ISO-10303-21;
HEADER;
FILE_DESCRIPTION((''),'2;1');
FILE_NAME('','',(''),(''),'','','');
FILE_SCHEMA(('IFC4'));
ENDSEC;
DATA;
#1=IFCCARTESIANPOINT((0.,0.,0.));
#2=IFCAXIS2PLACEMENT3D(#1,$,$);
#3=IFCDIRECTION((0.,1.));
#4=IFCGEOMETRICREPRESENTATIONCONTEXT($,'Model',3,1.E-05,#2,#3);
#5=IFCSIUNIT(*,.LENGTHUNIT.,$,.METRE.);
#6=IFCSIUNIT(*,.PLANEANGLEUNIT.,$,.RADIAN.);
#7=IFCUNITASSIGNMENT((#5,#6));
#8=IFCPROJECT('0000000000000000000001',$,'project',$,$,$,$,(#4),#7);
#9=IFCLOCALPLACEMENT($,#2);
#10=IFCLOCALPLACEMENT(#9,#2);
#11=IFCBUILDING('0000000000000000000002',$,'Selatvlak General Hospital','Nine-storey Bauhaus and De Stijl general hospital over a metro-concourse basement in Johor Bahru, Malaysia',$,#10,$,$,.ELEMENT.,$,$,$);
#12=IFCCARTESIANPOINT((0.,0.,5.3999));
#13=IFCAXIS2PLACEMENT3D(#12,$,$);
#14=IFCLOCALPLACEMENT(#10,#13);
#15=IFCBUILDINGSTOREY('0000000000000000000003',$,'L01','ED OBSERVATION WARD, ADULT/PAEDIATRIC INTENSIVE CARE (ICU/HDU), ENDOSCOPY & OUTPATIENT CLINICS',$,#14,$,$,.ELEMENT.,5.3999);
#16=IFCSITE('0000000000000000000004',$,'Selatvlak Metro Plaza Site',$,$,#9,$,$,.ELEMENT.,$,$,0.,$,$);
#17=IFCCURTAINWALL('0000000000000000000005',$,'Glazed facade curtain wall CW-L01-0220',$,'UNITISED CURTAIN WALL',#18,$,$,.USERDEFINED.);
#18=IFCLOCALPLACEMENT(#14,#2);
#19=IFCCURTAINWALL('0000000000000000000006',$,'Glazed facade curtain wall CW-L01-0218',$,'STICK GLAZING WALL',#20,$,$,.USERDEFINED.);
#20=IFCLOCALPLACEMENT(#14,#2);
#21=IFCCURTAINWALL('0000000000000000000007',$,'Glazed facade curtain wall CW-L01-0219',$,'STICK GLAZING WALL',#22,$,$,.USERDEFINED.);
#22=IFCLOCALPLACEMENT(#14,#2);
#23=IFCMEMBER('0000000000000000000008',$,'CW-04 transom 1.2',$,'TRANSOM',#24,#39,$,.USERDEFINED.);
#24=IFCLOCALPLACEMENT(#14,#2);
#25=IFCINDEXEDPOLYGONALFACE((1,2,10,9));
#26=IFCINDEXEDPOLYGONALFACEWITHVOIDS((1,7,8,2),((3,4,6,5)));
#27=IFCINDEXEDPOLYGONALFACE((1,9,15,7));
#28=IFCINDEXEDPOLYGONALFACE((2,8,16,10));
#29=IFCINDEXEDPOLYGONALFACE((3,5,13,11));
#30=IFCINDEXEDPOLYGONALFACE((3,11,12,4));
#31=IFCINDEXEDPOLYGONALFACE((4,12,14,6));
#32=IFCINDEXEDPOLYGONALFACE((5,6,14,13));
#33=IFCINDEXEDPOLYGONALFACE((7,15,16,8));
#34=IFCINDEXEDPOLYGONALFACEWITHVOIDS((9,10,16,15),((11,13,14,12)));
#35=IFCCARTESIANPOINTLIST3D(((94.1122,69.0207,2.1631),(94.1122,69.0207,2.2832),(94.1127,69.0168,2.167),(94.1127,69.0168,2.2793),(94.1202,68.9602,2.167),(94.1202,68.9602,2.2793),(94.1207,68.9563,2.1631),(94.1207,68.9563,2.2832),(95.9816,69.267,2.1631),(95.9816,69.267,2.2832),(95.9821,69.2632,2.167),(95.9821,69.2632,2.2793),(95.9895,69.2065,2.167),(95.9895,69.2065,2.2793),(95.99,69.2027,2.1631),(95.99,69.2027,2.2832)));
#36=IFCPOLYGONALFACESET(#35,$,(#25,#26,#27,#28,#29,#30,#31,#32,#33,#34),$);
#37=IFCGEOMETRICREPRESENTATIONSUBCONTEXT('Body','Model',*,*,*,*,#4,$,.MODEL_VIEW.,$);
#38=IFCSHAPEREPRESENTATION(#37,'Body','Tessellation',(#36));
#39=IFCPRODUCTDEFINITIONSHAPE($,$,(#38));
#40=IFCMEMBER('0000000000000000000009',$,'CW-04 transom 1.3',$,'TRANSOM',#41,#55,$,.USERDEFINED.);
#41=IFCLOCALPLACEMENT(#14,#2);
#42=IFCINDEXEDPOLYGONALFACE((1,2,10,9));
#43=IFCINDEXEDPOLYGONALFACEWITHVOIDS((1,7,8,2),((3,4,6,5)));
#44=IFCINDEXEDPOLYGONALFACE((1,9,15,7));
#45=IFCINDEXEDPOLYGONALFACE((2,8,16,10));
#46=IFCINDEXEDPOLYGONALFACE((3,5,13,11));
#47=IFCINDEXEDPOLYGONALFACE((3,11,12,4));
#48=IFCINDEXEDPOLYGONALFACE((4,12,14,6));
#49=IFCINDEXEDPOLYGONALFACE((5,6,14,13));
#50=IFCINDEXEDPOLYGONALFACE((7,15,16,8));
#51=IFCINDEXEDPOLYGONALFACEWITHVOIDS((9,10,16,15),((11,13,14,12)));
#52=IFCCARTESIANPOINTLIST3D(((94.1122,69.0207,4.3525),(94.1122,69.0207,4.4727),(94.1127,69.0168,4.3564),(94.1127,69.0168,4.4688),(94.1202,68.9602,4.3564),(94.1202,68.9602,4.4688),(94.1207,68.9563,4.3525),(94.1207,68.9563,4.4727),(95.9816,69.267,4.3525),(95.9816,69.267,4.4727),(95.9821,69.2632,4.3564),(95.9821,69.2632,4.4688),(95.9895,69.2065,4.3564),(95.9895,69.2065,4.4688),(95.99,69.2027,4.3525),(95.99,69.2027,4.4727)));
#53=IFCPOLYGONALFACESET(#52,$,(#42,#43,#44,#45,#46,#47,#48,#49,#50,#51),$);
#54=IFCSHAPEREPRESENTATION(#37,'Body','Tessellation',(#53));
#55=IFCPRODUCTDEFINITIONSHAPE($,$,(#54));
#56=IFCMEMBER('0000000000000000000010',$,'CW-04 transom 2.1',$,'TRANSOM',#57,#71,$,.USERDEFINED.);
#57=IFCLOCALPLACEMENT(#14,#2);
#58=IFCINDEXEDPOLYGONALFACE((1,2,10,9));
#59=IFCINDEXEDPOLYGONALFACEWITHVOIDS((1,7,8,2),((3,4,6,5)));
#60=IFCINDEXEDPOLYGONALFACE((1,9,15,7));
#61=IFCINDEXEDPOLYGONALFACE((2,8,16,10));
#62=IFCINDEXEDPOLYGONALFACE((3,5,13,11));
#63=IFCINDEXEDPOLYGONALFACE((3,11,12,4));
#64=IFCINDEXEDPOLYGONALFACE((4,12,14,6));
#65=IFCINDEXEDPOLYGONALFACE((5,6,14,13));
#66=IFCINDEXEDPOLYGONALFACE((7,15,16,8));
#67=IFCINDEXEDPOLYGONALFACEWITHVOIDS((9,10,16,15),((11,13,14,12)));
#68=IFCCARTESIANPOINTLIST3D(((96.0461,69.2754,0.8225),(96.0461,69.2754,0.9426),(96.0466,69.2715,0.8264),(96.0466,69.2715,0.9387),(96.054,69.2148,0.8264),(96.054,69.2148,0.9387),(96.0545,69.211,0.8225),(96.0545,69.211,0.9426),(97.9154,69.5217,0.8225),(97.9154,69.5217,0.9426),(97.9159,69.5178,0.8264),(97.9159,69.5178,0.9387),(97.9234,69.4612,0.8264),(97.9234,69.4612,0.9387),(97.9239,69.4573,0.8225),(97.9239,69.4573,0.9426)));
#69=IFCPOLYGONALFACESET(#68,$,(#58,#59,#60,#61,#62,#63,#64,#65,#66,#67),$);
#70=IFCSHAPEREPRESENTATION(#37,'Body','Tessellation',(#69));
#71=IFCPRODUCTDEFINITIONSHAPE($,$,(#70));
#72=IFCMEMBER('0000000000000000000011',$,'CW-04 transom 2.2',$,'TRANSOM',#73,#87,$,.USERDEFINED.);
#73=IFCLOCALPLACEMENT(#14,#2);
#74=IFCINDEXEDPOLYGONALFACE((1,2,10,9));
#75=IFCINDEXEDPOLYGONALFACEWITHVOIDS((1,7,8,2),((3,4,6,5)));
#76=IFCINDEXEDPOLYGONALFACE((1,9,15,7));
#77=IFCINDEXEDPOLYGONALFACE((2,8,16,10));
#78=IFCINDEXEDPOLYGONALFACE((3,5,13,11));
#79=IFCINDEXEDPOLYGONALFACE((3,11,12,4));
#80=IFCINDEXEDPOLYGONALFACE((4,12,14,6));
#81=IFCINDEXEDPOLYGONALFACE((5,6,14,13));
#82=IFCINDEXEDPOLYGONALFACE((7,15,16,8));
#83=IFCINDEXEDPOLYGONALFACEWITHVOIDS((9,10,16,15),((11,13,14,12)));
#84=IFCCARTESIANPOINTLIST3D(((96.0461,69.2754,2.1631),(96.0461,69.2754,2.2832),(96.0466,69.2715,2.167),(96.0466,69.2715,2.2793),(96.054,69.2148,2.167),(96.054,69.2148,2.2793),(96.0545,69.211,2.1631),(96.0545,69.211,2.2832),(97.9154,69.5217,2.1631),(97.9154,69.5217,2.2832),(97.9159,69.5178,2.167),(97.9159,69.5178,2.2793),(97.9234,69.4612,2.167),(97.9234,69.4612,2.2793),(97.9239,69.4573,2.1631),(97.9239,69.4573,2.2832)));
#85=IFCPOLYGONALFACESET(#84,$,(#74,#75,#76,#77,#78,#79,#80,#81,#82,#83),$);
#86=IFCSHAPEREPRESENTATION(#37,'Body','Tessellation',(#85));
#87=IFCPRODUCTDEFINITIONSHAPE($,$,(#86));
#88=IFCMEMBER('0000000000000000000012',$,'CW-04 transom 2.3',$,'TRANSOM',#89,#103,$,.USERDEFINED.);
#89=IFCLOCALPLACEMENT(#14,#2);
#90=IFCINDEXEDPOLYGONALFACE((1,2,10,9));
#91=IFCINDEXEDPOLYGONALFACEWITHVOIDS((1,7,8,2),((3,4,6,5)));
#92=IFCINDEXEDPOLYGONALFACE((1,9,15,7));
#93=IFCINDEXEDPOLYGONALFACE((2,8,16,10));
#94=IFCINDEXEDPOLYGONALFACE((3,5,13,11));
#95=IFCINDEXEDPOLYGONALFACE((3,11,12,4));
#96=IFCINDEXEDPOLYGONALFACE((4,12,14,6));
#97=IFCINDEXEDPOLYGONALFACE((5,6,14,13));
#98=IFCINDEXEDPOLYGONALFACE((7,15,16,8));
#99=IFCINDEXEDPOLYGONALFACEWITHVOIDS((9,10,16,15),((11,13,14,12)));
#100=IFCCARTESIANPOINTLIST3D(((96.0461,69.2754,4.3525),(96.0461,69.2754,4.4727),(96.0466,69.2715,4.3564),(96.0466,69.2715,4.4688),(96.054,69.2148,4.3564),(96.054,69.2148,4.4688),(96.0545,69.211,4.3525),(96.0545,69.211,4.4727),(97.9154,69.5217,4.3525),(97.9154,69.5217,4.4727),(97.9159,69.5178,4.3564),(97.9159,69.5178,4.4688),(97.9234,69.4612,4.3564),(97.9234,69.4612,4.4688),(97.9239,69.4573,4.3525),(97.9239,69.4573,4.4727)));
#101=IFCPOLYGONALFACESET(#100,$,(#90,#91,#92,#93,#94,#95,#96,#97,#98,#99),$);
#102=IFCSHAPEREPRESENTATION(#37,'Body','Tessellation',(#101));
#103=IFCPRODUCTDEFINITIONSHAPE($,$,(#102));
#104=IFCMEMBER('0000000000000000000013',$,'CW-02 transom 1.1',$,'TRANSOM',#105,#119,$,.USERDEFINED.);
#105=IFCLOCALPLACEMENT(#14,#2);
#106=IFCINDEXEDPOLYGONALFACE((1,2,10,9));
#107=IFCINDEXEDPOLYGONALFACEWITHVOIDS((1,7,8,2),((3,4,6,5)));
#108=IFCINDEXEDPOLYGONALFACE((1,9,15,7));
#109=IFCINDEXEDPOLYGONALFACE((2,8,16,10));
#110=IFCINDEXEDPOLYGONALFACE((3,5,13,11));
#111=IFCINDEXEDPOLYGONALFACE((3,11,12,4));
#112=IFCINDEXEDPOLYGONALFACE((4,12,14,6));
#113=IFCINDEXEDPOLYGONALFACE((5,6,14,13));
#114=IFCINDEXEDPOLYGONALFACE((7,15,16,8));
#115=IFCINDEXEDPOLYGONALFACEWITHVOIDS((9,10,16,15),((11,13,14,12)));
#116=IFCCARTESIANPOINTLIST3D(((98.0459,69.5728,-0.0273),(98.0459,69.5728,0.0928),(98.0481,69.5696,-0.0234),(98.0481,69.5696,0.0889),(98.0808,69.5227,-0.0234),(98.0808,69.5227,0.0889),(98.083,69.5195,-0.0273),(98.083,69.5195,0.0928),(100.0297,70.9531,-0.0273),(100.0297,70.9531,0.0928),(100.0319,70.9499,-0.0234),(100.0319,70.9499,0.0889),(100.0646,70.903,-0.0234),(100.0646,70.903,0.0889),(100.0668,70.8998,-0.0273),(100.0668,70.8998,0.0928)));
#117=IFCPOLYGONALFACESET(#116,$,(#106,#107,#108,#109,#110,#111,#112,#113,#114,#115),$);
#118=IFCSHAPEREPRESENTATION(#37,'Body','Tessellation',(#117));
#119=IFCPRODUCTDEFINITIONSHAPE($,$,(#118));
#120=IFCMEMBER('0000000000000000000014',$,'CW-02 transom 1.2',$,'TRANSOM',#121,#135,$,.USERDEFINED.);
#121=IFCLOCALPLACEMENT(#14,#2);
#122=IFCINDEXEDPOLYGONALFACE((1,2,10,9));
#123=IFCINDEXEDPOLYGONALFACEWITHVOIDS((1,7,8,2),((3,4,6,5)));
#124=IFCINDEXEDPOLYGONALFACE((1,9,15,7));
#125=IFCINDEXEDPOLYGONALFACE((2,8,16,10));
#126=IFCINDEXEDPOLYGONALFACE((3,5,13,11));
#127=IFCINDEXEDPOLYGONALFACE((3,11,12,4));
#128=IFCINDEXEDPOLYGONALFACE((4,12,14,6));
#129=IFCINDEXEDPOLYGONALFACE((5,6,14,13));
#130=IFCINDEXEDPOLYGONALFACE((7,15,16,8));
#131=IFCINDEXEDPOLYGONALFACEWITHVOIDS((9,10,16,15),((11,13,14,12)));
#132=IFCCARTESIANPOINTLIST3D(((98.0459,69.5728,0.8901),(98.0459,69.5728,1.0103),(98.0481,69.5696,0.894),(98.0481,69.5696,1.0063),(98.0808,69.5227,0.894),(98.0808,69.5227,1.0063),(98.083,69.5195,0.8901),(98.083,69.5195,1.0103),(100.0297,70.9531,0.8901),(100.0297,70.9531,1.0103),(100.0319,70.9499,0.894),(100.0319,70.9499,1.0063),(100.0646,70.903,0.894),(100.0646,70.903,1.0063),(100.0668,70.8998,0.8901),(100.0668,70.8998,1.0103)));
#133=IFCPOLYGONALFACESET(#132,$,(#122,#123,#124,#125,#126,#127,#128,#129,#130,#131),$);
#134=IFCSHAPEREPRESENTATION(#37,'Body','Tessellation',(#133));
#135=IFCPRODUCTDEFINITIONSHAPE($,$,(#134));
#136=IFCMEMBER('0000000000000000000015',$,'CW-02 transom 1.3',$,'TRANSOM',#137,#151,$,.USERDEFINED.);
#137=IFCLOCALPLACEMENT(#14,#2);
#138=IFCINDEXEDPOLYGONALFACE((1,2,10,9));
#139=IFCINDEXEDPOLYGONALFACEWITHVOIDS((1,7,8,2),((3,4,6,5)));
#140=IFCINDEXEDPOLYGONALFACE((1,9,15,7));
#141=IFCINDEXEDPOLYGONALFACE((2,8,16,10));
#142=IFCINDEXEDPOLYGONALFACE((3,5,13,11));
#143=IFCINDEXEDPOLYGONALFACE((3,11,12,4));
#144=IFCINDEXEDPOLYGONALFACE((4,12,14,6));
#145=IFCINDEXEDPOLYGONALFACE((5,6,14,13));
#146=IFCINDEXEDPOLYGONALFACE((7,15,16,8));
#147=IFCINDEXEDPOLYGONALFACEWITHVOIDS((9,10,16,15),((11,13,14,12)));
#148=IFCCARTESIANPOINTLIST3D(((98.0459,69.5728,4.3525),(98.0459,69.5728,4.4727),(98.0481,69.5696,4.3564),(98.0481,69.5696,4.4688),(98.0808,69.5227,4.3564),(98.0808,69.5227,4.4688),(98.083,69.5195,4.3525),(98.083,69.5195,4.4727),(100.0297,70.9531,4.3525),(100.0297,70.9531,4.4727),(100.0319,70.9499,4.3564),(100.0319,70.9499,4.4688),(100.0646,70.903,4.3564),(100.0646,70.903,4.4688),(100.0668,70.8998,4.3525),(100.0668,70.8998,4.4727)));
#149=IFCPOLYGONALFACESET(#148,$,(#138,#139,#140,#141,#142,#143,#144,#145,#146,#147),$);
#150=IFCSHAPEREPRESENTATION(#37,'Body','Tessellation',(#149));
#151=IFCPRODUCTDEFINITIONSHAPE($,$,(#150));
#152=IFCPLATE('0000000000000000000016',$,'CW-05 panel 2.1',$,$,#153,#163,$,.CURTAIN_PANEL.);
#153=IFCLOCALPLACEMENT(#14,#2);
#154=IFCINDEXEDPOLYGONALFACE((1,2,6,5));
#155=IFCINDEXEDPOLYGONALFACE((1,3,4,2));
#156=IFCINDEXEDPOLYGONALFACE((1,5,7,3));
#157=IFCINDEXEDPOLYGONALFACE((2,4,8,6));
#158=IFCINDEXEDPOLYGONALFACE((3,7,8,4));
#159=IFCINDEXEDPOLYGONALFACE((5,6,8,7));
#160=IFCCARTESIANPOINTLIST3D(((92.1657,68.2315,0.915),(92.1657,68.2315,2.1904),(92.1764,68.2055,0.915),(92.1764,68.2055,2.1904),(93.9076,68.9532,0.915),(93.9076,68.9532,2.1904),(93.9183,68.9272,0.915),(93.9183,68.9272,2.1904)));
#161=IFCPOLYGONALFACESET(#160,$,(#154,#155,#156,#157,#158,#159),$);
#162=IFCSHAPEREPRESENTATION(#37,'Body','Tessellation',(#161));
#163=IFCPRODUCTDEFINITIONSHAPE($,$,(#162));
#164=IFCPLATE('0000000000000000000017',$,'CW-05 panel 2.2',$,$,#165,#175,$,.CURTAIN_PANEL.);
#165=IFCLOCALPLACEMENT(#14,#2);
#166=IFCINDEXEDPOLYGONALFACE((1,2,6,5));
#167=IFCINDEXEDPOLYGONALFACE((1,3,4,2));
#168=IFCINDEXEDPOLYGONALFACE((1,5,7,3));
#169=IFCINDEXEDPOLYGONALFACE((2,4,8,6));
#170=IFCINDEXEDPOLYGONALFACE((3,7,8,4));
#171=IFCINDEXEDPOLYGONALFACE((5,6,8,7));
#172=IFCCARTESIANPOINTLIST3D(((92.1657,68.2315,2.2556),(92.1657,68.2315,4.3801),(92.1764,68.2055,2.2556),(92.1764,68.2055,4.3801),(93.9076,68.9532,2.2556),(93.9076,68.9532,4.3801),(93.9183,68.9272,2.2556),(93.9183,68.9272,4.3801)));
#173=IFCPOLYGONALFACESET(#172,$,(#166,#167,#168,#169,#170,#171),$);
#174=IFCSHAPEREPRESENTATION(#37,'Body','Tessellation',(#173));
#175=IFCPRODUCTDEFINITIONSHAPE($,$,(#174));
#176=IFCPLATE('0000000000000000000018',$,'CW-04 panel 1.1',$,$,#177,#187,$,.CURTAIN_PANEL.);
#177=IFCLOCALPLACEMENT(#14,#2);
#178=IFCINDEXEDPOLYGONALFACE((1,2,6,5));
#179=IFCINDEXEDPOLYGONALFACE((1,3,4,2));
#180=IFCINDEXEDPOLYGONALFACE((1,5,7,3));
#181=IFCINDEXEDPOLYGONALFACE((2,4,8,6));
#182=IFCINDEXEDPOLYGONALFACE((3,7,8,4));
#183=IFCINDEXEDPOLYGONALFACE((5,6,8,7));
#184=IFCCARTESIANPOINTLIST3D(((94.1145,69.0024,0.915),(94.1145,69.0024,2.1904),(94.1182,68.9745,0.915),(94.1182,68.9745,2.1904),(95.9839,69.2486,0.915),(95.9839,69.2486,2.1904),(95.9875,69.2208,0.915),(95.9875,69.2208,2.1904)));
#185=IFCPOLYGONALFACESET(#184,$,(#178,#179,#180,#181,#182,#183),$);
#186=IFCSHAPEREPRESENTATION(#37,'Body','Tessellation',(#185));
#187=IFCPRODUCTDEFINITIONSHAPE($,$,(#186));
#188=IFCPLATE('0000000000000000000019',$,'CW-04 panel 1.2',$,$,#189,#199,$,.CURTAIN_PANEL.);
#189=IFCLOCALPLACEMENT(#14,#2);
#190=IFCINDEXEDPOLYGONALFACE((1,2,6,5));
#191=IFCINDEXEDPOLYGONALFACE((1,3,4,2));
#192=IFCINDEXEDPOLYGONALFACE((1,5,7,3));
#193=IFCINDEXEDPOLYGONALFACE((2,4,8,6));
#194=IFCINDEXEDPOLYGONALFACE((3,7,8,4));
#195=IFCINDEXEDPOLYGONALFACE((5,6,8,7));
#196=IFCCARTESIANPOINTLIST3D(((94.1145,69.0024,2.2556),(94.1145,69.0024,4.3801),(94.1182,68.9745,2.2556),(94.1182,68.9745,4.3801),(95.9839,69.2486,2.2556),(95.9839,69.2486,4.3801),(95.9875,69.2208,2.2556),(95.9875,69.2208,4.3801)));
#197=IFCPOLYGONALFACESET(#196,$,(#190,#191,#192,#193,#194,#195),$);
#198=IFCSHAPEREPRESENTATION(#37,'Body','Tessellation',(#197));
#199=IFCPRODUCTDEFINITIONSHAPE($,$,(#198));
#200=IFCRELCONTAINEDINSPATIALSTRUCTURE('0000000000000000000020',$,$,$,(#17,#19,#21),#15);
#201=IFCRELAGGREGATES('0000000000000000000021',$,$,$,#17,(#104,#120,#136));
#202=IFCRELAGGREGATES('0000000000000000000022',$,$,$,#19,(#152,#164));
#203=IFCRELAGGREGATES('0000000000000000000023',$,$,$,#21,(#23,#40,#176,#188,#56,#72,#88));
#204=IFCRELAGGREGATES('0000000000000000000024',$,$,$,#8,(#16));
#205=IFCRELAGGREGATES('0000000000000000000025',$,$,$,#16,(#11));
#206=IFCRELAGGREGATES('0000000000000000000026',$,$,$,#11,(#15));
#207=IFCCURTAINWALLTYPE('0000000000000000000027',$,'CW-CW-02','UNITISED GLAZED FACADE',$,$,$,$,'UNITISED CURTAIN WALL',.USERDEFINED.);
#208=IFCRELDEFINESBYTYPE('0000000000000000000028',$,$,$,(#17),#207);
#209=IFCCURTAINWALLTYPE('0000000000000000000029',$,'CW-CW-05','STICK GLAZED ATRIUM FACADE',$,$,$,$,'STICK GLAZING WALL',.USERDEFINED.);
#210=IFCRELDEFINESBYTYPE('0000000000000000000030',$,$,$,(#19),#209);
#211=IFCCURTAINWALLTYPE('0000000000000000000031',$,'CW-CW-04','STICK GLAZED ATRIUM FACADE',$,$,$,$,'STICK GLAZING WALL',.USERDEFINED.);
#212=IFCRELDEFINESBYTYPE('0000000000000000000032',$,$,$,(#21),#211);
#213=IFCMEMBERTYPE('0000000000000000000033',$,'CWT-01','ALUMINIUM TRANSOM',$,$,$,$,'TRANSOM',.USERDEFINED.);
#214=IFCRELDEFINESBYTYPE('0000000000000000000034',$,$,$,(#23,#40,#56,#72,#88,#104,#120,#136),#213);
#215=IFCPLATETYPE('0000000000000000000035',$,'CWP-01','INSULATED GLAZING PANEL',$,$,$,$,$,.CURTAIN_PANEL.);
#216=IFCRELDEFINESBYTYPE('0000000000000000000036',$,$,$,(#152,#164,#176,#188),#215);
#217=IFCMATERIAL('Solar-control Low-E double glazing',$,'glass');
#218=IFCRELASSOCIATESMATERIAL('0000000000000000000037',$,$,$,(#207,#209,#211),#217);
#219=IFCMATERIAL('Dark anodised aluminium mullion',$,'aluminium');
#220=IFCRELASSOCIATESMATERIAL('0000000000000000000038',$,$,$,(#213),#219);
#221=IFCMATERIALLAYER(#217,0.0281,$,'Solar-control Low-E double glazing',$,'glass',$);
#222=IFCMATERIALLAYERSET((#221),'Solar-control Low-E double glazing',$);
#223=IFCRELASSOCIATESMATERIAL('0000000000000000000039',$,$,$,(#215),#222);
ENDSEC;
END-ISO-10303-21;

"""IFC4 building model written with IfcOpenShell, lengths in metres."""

from ifc_helpers import new_model, si_unit, direction, frame, origin, origin_2d, place, context, subcontext, project, spatial, rectangle, hollow_rectangle, extrude, material, layer, layer_set, material_profile, profile_set, type_object, element, aggregate, save


model = new_model("IFC4")

# Units and contexts
model_context = context("Model", 3, precision=1e-05, world=origin(), true_north=direction((0.0, 1.0)))
body_context = subcontext(model_context, "Body", "Model", "MODEL_VIEW")
ifc_project = project(units=[si_unit("LENGTHUNIT", "METRE"), si_unit("PLANEANGLEUNIT", "RADIAN")], contexts=[model_context])

# Site, building, storey
site_placement = place(None, origin())
site = spatial("IfcSite", under=ifc_project, at=site_placement, Name="Selatvlak Metro Plaza Site", CompositionType="ELEMENT", RefElevation=0.0)
building_placement = place(site_placement, origin())
building = spatial("IfcBuilding", under=site, at=building_placement, Name="Selatvlak General Hospital", Description="Nine-storey Bauhaus and De Stijl general hospital over a metro-concourse basement in Johor Bahru, Malaysia", CompositionType="ELEMENT")
storey_placement = place(building_placement, frame((0.0, 0.0, 5.3999)))
storey = spatial("IfcBuildingStorey", under=building, at=storey_placement, Name="L01", Description="ED OBSERVATION WARD, ADULT/PAEDIATRIC INTENSIVE CARE (ICU/HDU), ENDOSCOPY & OUTPATIENT CLINICS", CompositionType="ELEMENT", Elevation=5.3999)

# Curtain walls
ifc_material_1 = material(Name="Solar-control Low-E double glazing", Category="glass")
curtain_wall_type_1 = type_object("IfcCurtainWallType", Name="CW-CW-02", Description="UNITISED GLAZED FACADE", ElementType="UNITISED CURTAIN WALL", PredefinedType="USERDEFINED", material=ifc_material_1)
curtain_wall_1_placement = place(storey_placement, origin())
curtain_wall_1 = element("IfcCurtainWall", 1, at=curtain_wall_1_placement, inside=storey, type_object=curtain_wall_type_1, Name="Glazed facade curtain wall CW-L01-0220", ObjectType="UNITISED CURTAIN WALL", PredefinedType="USERDEFINED")
ifc_material_2 = material(Name="Dark anodised aluminium mullion", Category="aluminium")
curtain_wall_type_2 = type_object("IfcCurtainWallType", Name="CW-CW-05", Description="STICK GLAZED ATRIUM FACADE", ElementType="STICK GLAZING WALL", PredefinedType="USERDEFINED", material=ifc_material_1)
curtain_wall_2_placement = place(storey_placement, origin())
curtain_wall_2 = element("IfcCurtainWall", 2, at=curtain_wall_2_placement, inside=storey, type_object=curtain_wall_type_2, Name="Glazed facade curtain wall CW-L01-0218", ObjectType="STICK GLAZING WALL", PredefinedType="USERDEFINED")

# Curtain wall
curtain_wall_type_3 = type_object("IfcCurtainWallType", Name="CW-CW-04", Description="STICK GLAZED ATRIUM FACADE", ElementType="STICK GLAZING WALL", PredefinedType="USERDEFINED", material=ifc_material_1)
curtain_wall_3_placement = place(storey_placement, origin())
curtain_wall_3 = element("IfcCurtainWall", 3, at=curtain_wall_3_placement, inside=storey, type_object=curtain_wall_type_3, Name="Glazed facade curtain wall CW-L01-0219", ObjectType="STICK GLAZING WALL", PredefinedType="USERDEFINED")

# Members
ifc_material_profile_1 = material_profile(ifc_material_2, hollow_rectangle(XDim=0.0649, YDim=0.1201, WallThickness=0.0039, at=origin_2d()), Name="AL-TRN 65x120x4")
ifc_profile_set_1 = profile_set([ifc_material_profile_1], Name="Dark anodised aluminium mullion")
member_type_1 = type_object("IfcMemberType", Name="CWT-01", Description="ALUMINIUM TRANSOM", ElementType="TRANSOM", PredefinedType="USERDEFINED", material=ifc_profile_set_1)
member_1_placement = place(storey_placement, frame((94.1165, 68.9885, 2.2231), z_axis=(0.991429, 0.130645, 0.0), x_axis=(-0.130645, 0.991429, 0.0)))
member_1 = element("IfcMember", 4, at=member_1_placement, type_object=member_type_1, Name="CW-04 transom 1.2", ObjectType="TRANSOM", PredefinedType="USERDEFINED", context=body_context, shape_type="SweptSolid", body=[
    extrude(hollow_rectangle(XDim=0.0649, YDim=0.1201, WallThickness=0.0039, at=origin_2d()), origin(), (0.0, 0.0, 1.0), 1.8855),
])
member_2_placement = place(storey_placement, frame((94.1165, 68.9885, 4.4126), z_axis=(0.991429, 0.130645, 0.0), x_axis=(-0.130645, 0.991429, 0.0)))
member_2 = element("IfcMember", 5, at=member_2_placement, type_object=member_type_1, Name="CW-04 transom 1.3", ObjectType="TRANSOM", PredefinedType="USERDEFINED", context=body_context, shape_type="SweptSolid", body=[
    extrude(hollow_rectangle(XDim=0.0649, YDim=0.1201, WallThickness=0.0039, at=origin_2d()), origin(), (0.0, 0.0, 1.0), 1.8855),
])
member_3_placement = place(storey_placement, frame((96.0503, 69.2432, 0.8826), z_axis=(0.991429, 0.130645, 0.0), x_axis=(-0.130645, 0.991429, 0.0)))
member_3 = element("IfcMember", 6, at=member_3_placement, type_object=member_type_1, Name="CW-04 transom 2.1", ObjectType="TRANSOM", PredefinedType="USERDEFINED", context=body_context, shape_type="SweptSolid", body=[
    extrude(hollow_rectangle(XDim=0.0649, YDim=0.1201, WallThickness=0.0039, at=origin_2d()), origin(), (0.0, 0.0, 1.0), 1.8855),
])
member_4_placement = place(storey_placement, frame((96.0503, 69.2432, 2.2231), z_axis=(0.991429, 0.130645, 0.0), x_axis=(-0.130645, 0.991429, 0.0)))
member_4 = element("IfcMember", 7, at=member_4_placement, type_object=member_type_1, Name="CW-04 transom 2.2", ObjectType="TRANSOM", PredefinedType="USERDEFINED", context=body_context, shape_type="SweptSolid", body=[
    extrude(hollow_rectangle(XDim=0.0649, YDim=0.1201, WallThickness=0.0039, at=origin_2d()), origin(), (0.0, 0.0, 1.0), 1.8855),
])
member_5_placement = place(storey_placement, frame((96.0503, 69.2432, 4.4126), z_axis=(0.991429, 0.130645, 0.0), x_axis=(-0.130645, 0.991429, 0.0)))
member_5 = element("IfcMember", 8, at=member_5_placement, type_object=member_type_1, Name="CW-04 transom 2.3", ObjectType="TRANSOM", PredefinedType="USERDEFINED", context=body_context, shape_type="SweptSolid", body=[
    extrude(hollow_rectangle(XDim=0.0649, YDim=0.1201, WallThickness=0.0039, at=origin_2d()), origin(), (0.0, 0.0, 1.0), 1.8855),
])
member_6_placement = place(storey_placement, frame((98.0645, 69.5461, 0.0327), z_axis=(0.820852, 0.571141, 0.0), x_axis=(-0.571141, 0.820852, 0.0)))
member_6 = element("IfcMember", 9, at=member_6_placement, type_object=member_type_1, Name="CW-02 transom 1.1", ObjectType="TRANSOM", PredefinedType="USERDEFINED", context=body_context, shape_type="SweptSolid", body=[
    extrude(hollow_rectangle(XDim=0.0649, YDim=0.1201, WallThickness=0.0039, at=origin_2d()), origin(), (0.0, 0.0, 1.0), 2.4167),
])
member_7_placement = place(storey_placement, frame((98.0645, 69.5461, 0.9502), z_axis=(0.820852, 0.571141, 0.0), x_axis=(-0.571141, 0.820852, 0.0)))
member_7 = element("IfcMember", 10, at=member_7_placement, type_object=member_type_1, Name="CW-02 transom 1.2", ObjectType="TRANSOM", PredefinedType="USERDEFINED", context=body_context, shape_type="SweptSolid", body=[
    extrude(hollow_rectangle(XDim=0.0649, YDim=0.1201, WallThickness=0.0039, at=origin_2d()), origin(), (0.0, 0.0, 1.0), 2.4167),
])
member_8_placement = place(storey_placement, frame((98.0645, 69.5461, 4.4126), z_axis=(0.820852, 0.571141, 0.0), x_axis=(-0.571141, 0.820852, 0.0)))
member_8 = element("IfcMember", 11, at=member_8_placement, type_object=member_type_1, Name="CW-02 transom 1.3", ObjectType="TRANSOM", PredefinedType="USERDEFINED", context=body_context, shape_type="SweptSolid", body=[
    extrude(hollow_rectangle(XDim=0.0649, YDim=0.1201, WallThickness=0.0039, at=origin_2d()), origin(), (0.0, 0.0, 1.0), 2.4167),
])
aggregate(curtain_wall_1, [member_6, member_7, member_8])

# Plates
ifc_layer_1 = layer(ifc_material_1, 0.0281, Name="Solar-control Low-E double glazing", Category="glass")
ifc_layer_set_1 = layer_set([ifc_layer_1], Name="Solar-control Low-E double glazing")
plate_type = type_object("IfcPlateType", Name="CWP-01", Description="INSULATED GLAZING PANEL", PredefinedType="CURTAIN_PANEL", material=ifc_layer_set_1)
plate_1_placement = place(storey_placement, frame((93.042, 68.5793, 0.915), z_axis=(0.0, 0.0, 1.0), x_axis=(0.923851, 0.382753, 0.0)))
plate_1 = element("IfcPlate", 12, at=plate_1_placement, type_object=plate_type, Name="CW-05 panel 2.1", PredefinedType="CURTAIN_PANEL", context=body_context, shape_type="SweptSolid", body=[
    extrude(rectangle(XDim=1.8855, YDim=0.0281, at=origin_2d()), origin(), (0.0, 0.0, 1.0), 1.2754),
])
plate_2_placement = place(storey_placement, frame((93.042, 68.5793, 2.2556), z_axis=(0.0, 0.0, 1.0), x_axis=(0.923851, 0.382753, 0.0)))
plate_2 = element("IfcPlate", 13, at=plate_2_placement, type_object=plate_type, Name="CW-05 panel 2.2", PredefinedType="CURTAIN_PANEL", context=body_context, shape_type="SweptSolid", body=[
    extrude(rectangle(XDim=1.8855, YDim=0.0281, at=origin_2d()), origin(), (0.0, 0.0, 1.0), 2.1245),
])
aggregate(curtain_wall_2, [plate_1, plate_2])
plate_3_placement = place(storey_placement, frame((95.051, 69.1116, 0.915), z_axis=(0.0, 0.0, 1.0), x_axis=(0.991434, 0.130611, 0.0)))
plate_3 = element("IfcPlate", 14, at=plate_3_placement, type_object=plate_type, Name="CW-04 panel 1.1", PredefinedType="CURTAIN_PANEL", context=body_context, shape_type="SweptSolid", body=[
    extrude(rectangle(XDim=1.8855, YDim=0.0281, at=origin_2d()), origin(), (0.0, 0.0, 1.0), 1.2754),
])
plate_4_placement = place(storey_placement, frame((95.051, 69.1116, 2.2556), z_axis=(0.0, 0.0, 1.0), x_axis=(0.991434, 0.130611, 0.0)))
plate_4 = element("IfcPlate", 15, at=plate_4_placement, type_object=plate_type, Name="CW-04 panel 1.2", PredefinedType="CURTAIN_PANEL", context=body_context, shape_type="SweptSolid", body=[
    extrude(rectangle(XDim=1.8855, YDim=0.0281, at=origin_2d()), origin(), (0.0, 0.0, 1.0), 2.1245),
])
aggregate(curtain_wall_3, [member_1, member_2, plate_3, plate_4, member_3, member_4, member_5])

save(model, "model.ifc")
